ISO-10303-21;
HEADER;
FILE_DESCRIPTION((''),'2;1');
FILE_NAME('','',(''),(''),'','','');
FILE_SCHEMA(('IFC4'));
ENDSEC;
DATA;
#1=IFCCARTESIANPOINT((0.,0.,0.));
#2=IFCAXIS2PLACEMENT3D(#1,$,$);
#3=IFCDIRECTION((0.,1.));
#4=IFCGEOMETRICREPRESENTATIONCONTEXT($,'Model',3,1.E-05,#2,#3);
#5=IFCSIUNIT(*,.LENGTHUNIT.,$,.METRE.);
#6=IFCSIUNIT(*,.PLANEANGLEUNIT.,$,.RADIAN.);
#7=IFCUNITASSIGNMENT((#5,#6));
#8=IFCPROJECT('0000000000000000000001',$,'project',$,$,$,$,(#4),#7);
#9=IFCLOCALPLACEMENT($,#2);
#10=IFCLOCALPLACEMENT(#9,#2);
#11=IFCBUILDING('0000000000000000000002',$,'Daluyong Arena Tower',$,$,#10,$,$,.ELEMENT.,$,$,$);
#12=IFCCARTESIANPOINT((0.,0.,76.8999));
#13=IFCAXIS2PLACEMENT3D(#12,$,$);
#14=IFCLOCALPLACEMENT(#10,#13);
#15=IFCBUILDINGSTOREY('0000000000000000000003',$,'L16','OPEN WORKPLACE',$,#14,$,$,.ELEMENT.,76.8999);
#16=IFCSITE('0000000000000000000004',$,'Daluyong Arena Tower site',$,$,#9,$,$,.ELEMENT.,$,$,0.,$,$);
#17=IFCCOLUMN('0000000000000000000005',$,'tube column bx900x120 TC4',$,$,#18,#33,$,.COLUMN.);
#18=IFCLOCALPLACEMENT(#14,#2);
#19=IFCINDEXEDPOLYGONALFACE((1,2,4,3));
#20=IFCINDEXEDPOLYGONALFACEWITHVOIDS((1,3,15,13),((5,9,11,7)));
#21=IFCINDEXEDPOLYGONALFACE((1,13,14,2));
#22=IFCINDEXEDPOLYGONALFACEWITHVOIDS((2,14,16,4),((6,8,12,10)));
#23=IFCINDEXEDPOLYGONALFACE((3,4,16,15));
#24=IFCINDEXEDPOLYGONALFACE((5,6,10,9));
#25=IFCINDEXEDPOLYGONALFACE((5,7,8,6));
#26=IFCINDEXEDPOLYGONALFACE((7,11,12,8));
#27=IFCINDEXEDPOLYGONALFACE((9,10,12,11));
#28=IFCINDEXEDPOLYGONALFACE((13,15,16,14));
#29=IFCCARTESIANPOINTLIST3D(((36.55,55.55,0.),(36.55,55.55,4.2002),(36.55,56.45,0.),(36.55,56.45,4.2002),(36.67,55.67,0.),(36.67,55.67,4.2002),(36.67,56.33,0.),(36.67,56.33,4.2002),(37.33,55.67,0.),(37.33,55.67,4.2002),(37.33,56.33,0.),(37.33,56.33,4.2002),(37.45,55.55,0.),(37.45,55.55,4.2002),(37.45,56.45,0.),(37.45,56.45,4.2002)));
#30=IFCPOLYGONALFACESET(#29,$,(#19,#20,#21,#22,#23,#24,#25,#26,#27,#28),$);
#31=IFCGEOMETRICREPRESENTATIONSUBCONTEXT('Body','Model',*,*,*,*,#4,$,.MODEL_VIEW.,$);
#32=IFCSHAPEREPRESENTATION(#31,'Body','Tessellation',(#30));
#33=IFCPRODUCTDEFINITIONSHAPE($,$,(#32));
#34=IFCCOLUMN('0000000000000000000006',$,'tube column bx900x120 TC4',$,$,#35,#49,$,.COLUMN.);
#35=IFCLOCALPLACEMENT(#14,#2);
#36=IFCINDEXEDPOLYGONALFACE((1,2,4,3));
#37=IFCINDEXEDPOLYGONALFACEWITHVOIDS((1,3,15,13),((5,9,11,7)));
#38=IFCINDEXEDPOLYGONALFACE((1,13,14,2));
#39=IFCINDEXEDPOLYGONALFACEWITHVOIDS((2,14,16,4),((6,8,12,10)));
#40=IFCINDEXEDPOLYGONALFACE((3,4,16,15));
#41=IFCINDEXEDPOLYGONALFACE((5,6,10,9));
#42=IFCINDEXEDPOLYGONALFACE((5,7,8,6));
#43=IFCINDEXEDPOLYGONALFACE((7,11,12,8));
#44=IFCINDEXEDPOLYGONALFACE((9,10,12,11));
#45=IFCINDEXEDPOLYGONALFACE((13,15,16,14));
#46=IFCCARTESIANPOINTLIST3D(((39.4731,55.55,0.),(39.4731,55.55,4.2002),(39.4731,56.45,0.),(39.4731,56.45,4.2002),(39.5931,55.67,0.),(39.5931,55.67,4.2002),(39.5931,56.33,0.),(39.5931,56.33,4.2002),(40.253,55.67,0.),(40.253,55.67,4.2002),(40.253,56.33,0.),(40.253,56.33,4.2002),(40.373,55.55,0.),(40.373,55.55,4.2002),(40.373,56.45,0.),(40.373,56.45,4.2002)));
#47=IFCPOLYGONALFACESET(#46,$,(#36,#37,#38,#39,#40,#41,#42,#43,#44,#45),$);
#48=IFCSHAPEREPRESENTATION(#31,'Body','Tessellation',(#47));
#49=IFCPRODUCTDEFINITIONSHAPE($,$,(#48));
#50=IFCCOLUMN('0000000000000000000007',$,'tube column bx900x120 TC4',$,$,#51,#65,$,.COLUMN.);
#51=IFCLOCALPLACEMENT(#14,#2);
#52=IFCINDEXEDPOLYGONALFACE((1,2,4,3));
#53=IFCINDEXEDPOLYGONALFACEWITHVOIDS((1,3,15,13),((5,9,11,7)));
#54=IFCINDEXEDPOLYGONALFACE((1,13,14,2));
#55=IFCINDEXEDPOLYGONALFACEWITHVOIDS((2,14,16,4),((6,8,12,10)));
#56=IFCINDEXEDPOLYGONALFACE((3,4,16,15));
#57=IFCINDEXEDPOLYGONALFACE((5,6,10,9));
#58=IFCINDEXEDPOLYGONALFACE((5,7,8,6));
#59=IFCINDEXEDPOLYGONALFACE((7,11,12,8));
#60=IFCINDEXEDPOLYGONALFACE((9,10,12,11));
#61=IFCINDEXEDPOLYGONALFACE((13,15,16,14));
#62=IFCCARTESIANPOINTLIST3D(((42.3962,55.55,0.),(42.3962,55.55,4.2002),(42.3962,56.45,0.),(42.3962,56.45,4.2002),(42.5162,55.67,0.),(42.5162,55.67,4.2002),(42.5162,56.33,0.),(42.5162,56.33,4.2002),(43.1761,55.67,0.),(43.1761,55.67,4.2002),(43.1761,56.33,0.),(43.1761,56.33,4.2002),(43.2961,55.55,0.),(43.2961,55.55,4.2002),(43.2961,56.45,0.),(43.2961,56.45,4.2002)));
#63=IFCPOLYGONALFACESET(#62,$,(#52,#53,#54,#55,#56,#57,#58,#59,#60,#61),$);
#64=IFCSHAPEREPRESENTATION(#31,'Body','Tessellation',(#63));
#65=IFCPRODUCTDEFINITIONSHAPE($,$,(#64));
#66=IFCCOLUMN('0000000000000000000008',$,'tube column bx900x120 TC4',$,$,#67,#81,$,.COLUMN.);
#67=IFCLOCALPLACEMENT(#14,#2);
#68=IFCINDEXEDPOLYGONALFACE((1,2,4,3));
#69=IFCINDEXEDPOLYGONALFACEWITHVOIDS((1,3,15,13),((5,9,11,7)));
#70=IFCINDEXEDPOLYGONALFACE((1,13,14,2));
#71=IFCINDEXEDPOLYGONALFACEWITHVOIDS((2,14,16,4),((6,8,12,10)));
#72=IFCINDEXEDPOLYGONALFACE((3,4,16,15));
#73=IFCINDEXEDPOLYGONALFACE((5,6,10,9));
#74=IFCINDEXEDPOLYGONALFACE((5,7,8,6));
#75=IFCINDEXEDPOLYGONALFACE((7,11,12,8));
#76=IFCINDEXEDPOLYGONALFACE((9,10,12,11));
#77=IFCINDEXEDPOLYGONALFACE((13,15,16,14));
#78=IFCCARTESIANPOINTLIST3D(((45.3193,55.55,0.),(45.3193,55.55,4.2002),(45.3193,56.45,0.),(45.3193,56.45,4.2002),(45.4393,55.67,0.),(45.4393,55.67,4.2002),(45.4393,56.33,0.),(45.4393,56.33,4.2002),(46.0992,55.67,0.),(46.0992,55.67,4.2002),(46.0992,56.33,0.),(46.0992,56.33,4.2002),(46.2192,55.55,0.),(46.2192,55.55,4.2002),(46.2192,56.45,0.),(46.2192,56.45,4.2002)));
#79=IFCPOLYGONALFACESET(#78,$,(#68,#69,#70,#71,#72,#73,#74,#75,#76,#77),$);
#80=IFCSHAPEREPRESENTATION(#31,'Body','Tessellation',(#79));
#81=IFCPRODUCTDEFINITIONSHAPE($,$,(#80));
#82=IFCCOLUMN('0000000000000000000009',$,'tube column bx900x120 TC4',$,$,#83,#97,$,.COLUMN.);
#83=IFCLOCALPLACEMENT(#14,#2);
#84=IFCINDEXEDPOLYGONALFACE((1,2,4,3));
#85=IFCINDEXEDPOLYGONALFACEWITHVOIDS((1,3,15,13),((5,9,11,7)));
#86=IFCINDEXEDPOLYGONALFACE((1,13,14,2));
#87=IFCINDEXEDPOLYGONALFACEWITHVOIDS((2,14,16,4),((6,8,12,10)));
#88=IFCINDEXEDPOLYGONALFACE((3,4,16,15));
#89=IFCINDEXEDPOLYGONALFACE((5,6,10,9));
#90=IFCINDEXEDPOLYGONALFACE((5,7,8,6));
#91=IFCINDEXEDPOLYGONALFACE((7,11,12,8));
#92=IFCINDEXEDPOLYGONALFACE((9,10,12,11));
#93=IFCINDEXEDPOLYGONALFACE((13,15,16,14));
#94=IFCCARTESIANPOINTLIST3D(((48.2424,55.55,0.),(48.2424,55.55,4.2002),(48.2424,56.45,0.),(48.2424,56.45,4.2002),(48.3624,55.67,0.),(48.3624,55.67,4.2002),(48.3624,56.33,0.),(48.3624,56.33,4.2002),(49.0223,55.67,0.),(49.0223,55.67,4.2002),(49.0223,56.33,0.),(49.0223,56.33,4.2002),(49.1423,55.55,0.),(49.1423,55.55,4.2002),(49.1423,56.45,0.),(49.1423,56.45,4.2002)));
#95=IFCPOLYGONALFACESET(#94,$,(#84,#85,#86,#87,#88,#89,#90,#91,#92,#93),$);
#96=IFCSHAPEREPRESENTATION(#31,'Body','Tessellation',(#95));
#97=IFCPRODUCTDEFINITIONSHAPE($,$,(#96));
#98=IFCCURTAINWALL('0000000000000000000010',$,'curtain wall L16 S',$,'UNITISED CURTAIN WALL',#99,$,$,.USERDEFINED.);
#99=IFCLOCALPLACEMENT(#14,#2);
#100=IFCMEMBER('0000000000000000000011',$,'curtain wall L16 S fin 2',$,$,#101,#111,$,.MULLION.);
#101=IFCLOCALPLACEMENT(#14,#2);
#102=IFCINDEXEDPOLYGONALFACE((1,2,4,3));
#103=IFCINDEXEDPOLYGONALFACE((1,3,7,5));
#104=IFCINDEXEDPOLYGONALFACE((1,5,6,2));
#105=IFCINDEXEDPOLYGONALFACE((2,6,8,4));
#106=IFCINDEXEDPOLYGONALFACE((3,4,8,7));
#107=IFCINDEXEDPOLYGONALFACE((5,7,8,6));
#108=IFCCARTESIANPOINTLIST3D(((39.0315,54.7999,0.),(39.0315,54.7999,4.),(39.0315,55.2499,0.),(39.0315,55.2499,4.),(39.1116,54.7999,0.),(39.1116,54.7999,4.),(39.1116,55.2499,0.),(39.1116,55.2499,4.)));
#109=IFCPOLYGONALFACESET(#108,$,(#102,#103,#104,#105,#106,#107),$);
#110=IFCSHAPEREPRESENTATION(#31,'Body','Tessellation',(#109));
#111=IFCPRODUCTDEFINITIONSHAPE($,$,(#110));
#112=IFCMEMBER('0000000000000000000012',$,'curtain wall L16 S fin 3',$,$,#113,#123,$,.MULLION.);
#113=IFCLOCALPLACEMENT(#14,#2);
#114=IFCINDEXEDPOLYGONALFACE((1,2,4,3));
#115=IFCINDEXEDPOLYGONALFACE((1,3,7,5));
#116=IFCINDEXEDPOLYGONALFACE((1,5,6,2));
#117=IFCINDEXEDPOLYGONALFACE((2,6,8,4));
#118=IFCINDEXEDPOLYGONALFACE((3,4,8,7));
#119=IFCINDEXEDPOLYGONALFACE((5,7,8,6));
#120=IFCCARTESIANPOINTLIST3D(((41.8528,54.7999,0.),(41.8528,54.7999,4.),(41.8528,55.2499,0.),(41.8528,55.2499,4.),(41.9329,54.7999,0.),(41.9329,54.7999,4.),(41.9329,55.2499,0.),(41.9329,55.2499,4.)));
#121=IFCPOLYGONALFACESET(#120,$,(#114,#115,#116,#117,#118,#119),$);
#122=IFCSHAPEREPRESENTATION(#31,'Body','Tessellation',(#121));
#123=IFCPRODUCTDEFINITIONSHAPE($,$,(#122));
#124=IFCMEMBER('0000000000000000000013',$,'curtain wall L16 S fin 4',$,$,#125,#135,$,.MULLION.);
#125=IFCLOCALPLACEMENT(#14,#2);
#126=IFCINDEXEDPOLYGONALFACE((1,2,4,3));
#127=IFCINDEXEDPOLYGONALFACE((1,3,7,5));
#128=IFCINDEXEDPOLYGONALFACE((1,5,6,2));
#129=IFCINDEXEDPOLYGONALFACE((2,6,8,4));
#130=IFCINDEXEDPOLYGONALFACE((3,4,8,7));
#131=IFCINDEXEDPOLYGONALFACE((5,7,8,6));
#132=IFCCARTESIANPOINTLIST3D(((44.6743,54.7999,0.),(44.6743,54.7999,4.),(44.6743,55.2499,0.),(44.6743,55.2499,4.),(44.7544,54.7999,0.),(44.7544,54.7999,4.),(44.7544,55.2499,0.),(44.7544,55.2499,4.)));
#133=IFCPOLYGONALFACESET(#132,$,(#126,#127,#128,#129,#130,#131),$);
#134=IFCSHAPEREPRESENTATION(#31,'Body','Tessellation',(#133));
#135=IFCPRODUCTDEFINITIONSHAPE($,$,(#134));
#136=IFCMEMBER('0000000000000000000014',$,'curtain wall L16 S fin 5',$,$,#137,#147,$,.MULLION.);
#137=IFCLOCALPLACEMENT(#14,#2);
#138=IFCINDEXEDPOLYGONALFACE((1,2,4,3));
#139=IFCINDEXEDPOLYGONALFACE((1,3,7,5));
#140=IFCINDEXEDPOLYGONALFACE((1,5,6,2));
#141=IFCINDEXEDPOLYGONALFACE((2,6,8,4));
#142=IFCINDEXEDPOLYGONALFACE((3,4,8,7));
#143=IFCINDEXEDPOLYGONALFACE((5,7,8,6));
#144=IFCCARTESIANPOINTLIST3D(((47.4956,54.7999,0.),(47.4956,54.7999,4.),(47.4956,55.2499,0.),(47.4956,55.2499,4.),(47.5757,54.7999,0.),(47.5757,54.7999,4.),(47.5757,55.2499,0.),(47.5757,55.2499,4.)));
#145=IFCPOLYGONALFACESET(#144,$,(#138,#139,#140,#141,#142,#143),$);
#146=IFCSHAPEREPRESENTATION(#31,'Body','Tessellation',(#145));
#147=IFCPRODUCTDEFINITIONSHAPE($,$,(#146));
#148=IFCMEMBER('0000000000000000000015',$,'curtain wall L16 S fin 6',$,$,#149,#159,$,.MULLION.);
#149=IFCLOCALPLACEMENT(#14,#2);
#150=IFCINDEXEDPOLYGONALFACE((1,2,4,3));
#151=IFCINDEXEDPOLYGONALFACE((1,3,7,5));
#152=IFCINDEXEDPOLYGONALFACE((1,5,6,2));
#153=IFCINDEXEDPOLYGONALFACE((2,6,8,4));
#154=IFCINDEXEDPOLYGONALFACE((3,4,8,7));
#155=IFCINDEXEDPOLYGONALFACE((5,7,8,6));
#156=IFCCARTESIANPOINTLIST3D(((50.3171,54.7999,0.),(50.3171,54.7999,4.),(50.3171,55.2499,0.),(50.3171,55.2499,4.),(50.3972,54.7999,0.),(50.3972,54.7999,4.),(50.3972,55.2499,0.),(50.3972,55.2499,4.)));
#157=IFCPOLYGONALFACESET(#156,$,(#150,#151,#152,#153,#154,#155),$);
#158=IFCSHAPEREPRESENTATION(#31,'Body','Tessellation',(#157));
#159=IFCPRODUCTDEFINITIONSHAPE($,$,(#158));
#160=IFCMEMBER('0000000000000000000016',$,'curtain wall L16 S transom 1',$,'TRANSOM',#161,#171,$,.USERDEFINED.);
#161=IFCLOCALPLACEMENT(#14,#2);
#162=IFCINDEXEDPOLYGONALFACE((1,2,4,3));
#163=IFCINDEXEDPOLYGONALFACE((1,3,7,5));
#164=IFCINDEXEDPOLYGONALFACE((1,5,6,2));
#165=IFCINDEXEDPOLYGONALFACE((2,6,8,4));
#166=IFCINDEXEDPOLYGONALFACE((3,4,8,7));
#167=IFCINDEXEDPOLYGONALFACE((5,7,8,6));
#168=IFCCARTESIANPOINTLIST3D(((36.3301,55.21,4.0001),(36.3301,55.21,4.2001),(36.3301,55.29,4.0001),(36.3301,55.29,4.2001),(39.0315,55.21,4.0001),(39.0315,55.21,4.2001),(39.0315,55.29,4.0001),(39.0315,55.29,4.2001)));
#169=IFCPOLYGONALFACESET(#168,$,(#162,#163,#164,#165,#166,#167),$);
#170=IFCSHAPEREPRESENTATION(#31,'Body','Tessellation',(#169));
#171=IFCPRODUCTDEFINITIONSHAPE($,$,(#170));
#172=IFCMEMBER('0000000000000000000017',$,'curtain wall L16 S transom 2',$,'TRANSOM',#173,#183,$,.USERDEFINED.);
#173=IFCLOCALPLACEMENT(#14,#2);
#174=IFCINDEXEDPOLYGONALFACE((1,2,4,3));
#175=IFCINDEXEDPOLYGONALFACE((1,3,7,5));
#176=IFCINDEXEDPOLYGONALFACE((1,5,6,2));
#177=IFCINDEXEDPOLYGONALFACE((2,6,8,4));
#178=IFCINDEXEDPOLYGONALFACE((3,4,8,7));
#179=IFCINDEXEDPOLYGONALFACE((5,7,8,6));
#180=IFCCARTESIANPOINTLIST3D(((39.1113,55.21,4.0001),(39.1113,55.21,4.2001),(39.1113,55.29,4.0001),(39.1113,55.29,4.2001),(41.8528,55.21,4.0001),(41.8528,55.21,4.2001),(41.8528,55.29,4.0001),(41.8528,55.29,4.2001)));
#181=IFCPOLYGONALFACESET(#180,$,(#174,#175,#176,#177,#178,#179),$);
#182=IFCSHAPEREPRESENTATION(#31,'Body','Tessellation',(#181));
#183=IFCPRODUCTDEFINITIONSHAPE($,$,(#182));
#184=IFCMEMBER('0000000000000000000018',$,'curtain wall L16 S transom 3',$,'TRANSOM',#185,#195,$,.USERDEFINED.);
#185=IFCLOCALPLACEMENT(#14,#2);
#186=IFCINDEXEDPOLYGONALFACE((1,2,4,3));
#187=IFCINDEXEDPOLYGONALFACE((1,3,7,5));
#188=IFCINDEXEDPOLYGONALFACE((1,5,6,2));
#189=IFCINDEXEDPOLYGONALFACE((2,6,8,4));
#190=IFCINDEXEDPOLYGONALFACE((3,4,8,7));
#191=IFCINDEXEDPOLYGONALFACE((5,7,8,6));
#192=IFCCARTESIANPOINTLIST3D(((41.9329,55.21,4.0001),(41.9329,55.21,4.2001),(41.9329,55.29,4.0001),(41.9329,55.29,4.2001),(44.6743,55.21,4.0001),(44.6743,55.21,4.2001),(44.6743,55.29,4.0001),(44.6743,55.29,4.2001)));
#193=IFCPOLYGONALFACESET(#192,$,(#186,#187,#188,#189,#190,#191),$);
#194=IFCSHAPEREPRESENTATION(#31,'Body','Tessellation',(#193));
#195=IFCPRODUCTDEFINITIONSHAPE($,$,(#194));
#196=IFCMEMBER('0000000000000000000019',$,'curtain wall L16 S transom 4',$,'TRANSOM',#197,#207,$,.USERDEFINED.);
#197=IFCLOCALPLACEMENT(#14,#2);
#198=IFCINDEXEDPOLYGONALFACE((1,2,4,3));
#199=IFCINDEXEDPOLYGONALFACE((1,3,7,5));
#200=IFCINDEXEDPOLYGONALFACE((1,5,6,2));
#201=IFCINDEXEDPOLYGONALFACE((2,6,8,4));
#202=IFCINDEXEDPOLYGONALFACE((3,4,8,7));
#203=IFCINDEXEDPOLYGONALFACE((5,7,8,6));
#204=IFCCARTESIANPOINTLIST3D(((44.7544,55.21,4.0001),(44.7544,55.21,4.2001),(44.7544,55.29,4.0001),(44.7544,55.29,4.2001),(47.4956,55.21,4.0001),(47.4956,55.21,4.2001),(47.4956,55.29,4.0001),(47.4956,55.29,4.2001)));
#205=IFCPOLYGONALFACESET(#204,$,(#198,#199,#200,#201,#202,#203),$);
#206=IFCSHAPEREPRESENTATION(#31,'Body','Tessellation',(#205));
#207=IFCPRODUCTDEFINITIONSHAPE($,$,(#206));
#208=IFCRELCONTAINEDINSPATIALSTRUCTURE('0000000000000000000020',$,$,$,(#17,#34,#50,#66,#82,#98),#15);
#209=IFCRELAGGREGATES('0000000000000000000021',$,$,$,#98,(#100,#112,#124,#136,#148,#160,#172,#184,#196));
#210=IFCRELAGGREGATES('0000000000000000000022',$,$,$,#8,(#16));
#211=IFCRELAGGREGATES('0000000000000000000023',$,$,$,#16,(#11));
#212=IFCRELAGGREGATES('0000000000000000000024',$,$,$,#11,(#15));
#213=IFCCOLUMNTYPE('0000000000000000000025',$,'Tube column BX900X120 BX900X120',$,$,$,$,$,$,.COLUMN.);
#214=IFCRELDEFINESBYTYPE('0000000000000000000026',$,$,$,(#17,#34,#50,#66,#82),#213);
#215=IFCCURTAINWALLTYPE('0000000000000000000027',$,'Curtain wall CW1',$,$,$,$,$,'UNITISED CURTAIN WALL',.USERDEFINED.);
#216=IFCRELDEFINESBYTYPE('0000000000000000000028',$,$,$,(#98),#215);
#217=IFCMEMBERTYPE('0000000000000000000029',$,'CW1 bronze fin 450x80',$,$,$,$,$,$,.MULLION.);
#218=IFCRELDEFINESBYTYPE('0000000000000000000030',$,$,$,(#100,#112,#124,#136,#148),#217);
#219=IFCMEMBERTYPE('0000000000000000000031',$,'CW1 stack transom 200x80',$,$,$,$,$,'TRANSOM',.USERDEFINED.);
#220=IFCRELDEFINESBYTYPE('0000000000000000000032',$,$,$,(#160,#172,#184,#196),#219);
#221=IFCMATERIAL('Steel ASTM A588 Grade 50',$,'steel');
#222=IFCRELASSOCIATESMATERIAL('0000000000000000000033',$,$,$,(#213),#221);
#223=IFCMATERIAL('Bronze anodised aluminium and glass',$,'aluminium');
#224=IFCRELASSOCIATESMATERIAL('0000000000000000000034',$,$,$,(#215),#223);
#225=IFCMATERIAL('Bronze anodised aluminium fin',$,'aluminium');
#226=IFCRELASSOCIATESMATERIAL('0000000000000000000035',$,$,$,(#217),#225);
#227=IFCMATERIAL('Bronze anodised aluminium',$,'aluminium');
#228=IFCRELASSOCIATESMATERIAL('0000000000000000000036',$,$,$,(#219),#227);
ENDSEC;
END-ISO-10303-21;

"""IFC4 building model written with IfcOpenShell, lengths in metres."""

from ifc_helpers import new_model, si_unit, direction, frame, origin, origin_2d, place, context, subcontext, project, spatial, rectangle, hollow_rectangle, extrude, material, material_profile, profile_set, type_object, element, aggregate, save


model = new_model("IFC4")

# Units and contexts
model_context = context("Model", 3, precision=1e-05, world=origin(), true_north=direction((0.0, 1.0)))
body_context = subcontext(model_context, "Body", "Model", "MODEL_VIEW")
ifc_project = project(units=[si_unit("LENGTHUNIT", "METRE"), si_unit("PLANEANGLEUNIT", "RADIAN")], contexts=[model_context])

# Site, building, storey
site_placement = place(None, origin())
site = spatial("IfcSite", under=ifc_project, at=site_placement, Name="Daluyong Arena Tower site", CompositionType="ELEMENT", RefElevation=0.0)
building_placement = place(site_placement, origin())
building = spatial("IfcBuilding", under=site, at=building_placement, Name="Daluyong Arena Tower", CompositionType="ELEMENT")
storey_placement = place(building_placement, frame((0.0, 0.0, 76.8999)))
storey = spatial("IfcBuildingStorey", under=building, at=storey_placement, Name="L16", Description="OPEN WORKPLACE", CompositionType="ELEMENT", Elevation=76.8999)

# Columns
ifc_material_1 = material(Name="Steel ASTM A588 Grade 50", Category="steel")
ifc_material_profile_1 = material_profile(ifc_material_1, hollow_rectangle(XDim=0.8999, YDim=0.8999, WallThickness=0.12, at=origin_2d()))
ifc_profile_set_1 = profile_set([ifc_material_profile_1], Name="Steel ASTM A588 Grade 50")
column_type = type_object("IfcColumnType", Name="Tube column BX900X120 BX900X120", PredefinedType="COLUMN", material=ifc_profile_set_1)
for number, where, z_axis, x_axis, name in (
    (1, (37.0, 56.0, 0.0), (0.0, 0.0, 1.0), (1.0, 0.0, 0.0), "tube column bx900x120 TC4"),
    (2, (39.9231, 56.0, 0.0), (0.0, 0.0, 1.0), (1.0, 0.0, 0.0), "tube column bx900x120 TC4"),
    (3, (42.8462, 56.0, 0.0), (0.0, 0.0, 1.0), (1.0, 0.0, 0.0), "tube column bx900x120 TC4"),
    (4, (45.7693, 56.0, 0.0), (0.0, 0.0, 1.0), (1.0, 0.0, 0.0), "tube column bx900x120 TC4"),
    (5, (48.6924, 56.0, 0.0), (0.0, 0.0, 1.0), (1.0, 0.0, 0.0), "tube column bx900x120 TC4"),
):
    element("IfcColumn", number, at=place(storey_placement, frame(where, z_axis=z_axis, x_axis=x_axis)), inside=storey, type_object=column_type, Name=name, PredefinedType="COLUMN", context=body_context, shape_type="SweptSolid", body=[
        extrude(hollow_rectangle(XDim=0.8999, YDim=0.8999, WallThickness=0.12, at=origin_2d()), origin(), (0.0, 0.0, 1.0), 4.2002),
    ])

# Curtain wall, members
ifc_material_2 = material(Name="Bronze anodised aluminium and glass", Category="aluminium")
curtain_wall_type_1 = type_object("IfcCurtainWallType", Name="Curtain wall CW1", ElementType="UNITISED CURTAIN WALL", PredefinedType="USERDEFINED", material=ifc_material_2)
curtain_wall_1_placement = place(storey_placement, origin())
curtain_wall_1 = element("IfcCurtainWall", 6, at=curtain_wall_1_placement, inside=storey, type_object=curtain_wall_type_1, Name="curtain wall L16 S", ObjectType="UNITISED CURTAIN WALL", PredefinedType="USERDEFINED")
ifc_material_3 = material(Name="Bronze anodised aluminium fin", Category="aluminium")
ifc_material_profile_2 = material_profile(ifc_material_3, rectangle(XDim=0.45, YDim=0.0801, at=origin_2d()))
ifc_profile_set_2 = profile_set([ifc_material_profile_2], Name="Bronze anodised aluminium fin")
member_type_1 = type_object("IfcMemberType", Name="CW1 bronze fin 450x80", PredefinedType="MULLION", material=ifc_profile_set_2)
member_1_placement = place(storey_placement, frame((39.0715, 55.0249, 0.0), z_axis=(0.0, 0.0, 1.0), x_axis=(0.0, 1.0, 0.0)))
member_1 = element("IfcMember", 7, at=member_1_placement, type_object=member_type_1, Name="curtain wall L16 S fin 2", PredefinedType="MULLION", context=body_context, shape_type="SweptSolid", body=[
    extrude(rectangle(XDim=0.45, YDim=0.0801, at=origin_2d()), origin(), (0.0, 0.0, 1.0), 4.0),
])
member_2_placement = place(storey_placement, frame((41.8928, 55.0249, 0.0), z_axis=(0.0, 0.0, 1.0), x_axis=(0.0, 1.0, 0.0)))
member_2 = element("IfcMember", 8, at=member_2_placement, type_object=member_type_1, Name="curtain wall L16 S fin 3", PredefinedType="MULLION", context=body_context, shape_type="SweptSolid", body=[
    extrude(rectangle(XDim=0.45, YDim=0.0801, at=origin_2d()), origin(), (0.0, 0.0, 1.0), 4.0),
])
member_3_placement = place(storey_placement, frame((44.7144, 55.0249, 0.0), z_axis=(0.0, 0.0, 1.0), x_axis=(0.0, 1.0, 0.0)))
member_3 = element("IfcMember", 9, at=member_3_placement, type_object=member_type_1, Name="curtain wall L16 S fin 4", PredefinedType="MULLION", context=body_context, shape_type="SweptSolid", body=[
    extrude(rectangle(XDim=0.45, YDim=0.0801, at=origin_2d()), origin(), (0.0, 0.0, 1.0), 4.0),
])
member_4_placement = place(storey_placement, frame((47.5356, 55.0249, 0.0), z_axis=(0.0, 0.0, 1.0), x_axis=(0.0, 1.0, 0.0)))
member_4 = element("IfcMember", 10, at=member_4_placement, type_object=member_type_1, Name="curtain wall L16 S fin 5", PredefinedType="MULLION", context=body_context, shape_type="SweptSolid", body=[
    extrude(rectangle(XDim=0.45, YDim=0.0801, at=origin_2d()), origin(), (0.0, 0.0, 1.0), 4.0),
])
member_5_placement = place(storey_placement, frame((50.3572, 55.0249, 0.0), z_axis=(0.0, 0.0, 1.0), x_axis=(0.0, 1.0, 0.0)))
member_5 = element("IfcMember", 11, at=member_5_placement, type_object=member_type_1, Name="curtain wall L16 S fin 6", PredefinedType="MULLION", context=body_context, shape_type="SweptSolid", body=[
    extrude(rectangle(XDim=0.45, YDim=0.0801, at=origin_2d()), origin(), (0.0, 0.0, 1.0), 4.0),
])
ifc_material_4 = material(Name="Bronze anodised aluminium", Category="aluminium")
ifc_material_profile_3 = material_profile(ifc_material_4, rectangle(XDim=0.0801, YDim=0.2, at=origin_2d()))
ifc_profile_set_3 = profile_set([ifc_material_profile_3], Name="Bronze anodised aluminium")
member_type_2 = type_object("IfcMemberType", Name="CW1 stack transom 200x80", ElementType="TRANSOM", PredefinedType="USERDEFINED", material=ifc_profile_set_3)
member_6_placement = place(storey_placement, frame((36.3301, 55.25, 4.1001), z_axis=(1.0, 0.0, 0.0), x_axis=(0.0, 1.0, 0.0)))
member_6 = element("IfcMember", 12, at=member_6_placement, type_object=member_type_2, Name="curtain wall L16 S transom 1", ObjectType="TRANSOM", PredefinedType="USERDEFINED", context=body_context, shape_type="SweptSolid", body=[
    extrude(rectangle(XDim=0.0801, YDim=0.2, at=origin_2d()), origin(), (0.0, 0.0, 1.0), 2.7014),
])
member_7_placement = place(storey_placement, frame((39.1113, 55.25, 4.1001), z_axis=(1.0, 0.0, 0.0), x_axis=(0.0, 1.0, 0.0)))
member_7 = element("IfcMember", 13, at=member_7_placement, type_object=member_type_2, Name="curtain wall L16 S transom 2", ObjectType="TRANSOM", PredefinedType="USERDEFINED", context=body_context, shape_type="SweptSolid", body=[
    extrude(rectangle(XDim=0.0801, YDim=0.2, at=origin_2d()), origin(), (0.0, 0.0, 1.0), 2.7415),
])
member_8_placement = place(storey_placement, frame((41.9329, 55.25, 4.1001), z_axis=(1.0, 0.0, 0.0), x_axis=(0.0, 1.0, 0.0)))
member_8 = element("IfcMember", 14, at=member_8_placement, type_object=member_type_2, Name="curtain wall L16 S transom 3", ObjectType="TRANSOM", PredefinedType="USERDEFINED", context=body_context, shape_type="SweptSolid", body=[
    extrude(rectangle(XDim=0.0801, YDim=0.2, at=origin_2d()), origin(), (0.0, 0.0, 1.0), 2.7415),
])
member_9_placement = place(storey_placement, frame((44.7544, 55.25, 4.1001), z_axis=(1.0, 0.0, 0.0), x_axis=(0.0, 1.0, 0.0)))
member_9 = element("IfcMember", 15, at=member_9_placement, type_object=member_type_2, Name="curtain wall L16 S transom 4", ObjectType="TRANSOM", PredefinedType="USERDEFINED", context=body_context, shape_type="SweptSolid", body=[
    extrude(rectangle(XDim=0.0801, YDim=0.2, at=origin_2d()), origin(), (0.0, 0.0, 1.0), 2.7412),
])

aggregate(curtain_wall_1, [member_1, member_2, member_3, member_4, member_5, member_6, member_7, member_8, member_9])

save(model, "model.ifc")
